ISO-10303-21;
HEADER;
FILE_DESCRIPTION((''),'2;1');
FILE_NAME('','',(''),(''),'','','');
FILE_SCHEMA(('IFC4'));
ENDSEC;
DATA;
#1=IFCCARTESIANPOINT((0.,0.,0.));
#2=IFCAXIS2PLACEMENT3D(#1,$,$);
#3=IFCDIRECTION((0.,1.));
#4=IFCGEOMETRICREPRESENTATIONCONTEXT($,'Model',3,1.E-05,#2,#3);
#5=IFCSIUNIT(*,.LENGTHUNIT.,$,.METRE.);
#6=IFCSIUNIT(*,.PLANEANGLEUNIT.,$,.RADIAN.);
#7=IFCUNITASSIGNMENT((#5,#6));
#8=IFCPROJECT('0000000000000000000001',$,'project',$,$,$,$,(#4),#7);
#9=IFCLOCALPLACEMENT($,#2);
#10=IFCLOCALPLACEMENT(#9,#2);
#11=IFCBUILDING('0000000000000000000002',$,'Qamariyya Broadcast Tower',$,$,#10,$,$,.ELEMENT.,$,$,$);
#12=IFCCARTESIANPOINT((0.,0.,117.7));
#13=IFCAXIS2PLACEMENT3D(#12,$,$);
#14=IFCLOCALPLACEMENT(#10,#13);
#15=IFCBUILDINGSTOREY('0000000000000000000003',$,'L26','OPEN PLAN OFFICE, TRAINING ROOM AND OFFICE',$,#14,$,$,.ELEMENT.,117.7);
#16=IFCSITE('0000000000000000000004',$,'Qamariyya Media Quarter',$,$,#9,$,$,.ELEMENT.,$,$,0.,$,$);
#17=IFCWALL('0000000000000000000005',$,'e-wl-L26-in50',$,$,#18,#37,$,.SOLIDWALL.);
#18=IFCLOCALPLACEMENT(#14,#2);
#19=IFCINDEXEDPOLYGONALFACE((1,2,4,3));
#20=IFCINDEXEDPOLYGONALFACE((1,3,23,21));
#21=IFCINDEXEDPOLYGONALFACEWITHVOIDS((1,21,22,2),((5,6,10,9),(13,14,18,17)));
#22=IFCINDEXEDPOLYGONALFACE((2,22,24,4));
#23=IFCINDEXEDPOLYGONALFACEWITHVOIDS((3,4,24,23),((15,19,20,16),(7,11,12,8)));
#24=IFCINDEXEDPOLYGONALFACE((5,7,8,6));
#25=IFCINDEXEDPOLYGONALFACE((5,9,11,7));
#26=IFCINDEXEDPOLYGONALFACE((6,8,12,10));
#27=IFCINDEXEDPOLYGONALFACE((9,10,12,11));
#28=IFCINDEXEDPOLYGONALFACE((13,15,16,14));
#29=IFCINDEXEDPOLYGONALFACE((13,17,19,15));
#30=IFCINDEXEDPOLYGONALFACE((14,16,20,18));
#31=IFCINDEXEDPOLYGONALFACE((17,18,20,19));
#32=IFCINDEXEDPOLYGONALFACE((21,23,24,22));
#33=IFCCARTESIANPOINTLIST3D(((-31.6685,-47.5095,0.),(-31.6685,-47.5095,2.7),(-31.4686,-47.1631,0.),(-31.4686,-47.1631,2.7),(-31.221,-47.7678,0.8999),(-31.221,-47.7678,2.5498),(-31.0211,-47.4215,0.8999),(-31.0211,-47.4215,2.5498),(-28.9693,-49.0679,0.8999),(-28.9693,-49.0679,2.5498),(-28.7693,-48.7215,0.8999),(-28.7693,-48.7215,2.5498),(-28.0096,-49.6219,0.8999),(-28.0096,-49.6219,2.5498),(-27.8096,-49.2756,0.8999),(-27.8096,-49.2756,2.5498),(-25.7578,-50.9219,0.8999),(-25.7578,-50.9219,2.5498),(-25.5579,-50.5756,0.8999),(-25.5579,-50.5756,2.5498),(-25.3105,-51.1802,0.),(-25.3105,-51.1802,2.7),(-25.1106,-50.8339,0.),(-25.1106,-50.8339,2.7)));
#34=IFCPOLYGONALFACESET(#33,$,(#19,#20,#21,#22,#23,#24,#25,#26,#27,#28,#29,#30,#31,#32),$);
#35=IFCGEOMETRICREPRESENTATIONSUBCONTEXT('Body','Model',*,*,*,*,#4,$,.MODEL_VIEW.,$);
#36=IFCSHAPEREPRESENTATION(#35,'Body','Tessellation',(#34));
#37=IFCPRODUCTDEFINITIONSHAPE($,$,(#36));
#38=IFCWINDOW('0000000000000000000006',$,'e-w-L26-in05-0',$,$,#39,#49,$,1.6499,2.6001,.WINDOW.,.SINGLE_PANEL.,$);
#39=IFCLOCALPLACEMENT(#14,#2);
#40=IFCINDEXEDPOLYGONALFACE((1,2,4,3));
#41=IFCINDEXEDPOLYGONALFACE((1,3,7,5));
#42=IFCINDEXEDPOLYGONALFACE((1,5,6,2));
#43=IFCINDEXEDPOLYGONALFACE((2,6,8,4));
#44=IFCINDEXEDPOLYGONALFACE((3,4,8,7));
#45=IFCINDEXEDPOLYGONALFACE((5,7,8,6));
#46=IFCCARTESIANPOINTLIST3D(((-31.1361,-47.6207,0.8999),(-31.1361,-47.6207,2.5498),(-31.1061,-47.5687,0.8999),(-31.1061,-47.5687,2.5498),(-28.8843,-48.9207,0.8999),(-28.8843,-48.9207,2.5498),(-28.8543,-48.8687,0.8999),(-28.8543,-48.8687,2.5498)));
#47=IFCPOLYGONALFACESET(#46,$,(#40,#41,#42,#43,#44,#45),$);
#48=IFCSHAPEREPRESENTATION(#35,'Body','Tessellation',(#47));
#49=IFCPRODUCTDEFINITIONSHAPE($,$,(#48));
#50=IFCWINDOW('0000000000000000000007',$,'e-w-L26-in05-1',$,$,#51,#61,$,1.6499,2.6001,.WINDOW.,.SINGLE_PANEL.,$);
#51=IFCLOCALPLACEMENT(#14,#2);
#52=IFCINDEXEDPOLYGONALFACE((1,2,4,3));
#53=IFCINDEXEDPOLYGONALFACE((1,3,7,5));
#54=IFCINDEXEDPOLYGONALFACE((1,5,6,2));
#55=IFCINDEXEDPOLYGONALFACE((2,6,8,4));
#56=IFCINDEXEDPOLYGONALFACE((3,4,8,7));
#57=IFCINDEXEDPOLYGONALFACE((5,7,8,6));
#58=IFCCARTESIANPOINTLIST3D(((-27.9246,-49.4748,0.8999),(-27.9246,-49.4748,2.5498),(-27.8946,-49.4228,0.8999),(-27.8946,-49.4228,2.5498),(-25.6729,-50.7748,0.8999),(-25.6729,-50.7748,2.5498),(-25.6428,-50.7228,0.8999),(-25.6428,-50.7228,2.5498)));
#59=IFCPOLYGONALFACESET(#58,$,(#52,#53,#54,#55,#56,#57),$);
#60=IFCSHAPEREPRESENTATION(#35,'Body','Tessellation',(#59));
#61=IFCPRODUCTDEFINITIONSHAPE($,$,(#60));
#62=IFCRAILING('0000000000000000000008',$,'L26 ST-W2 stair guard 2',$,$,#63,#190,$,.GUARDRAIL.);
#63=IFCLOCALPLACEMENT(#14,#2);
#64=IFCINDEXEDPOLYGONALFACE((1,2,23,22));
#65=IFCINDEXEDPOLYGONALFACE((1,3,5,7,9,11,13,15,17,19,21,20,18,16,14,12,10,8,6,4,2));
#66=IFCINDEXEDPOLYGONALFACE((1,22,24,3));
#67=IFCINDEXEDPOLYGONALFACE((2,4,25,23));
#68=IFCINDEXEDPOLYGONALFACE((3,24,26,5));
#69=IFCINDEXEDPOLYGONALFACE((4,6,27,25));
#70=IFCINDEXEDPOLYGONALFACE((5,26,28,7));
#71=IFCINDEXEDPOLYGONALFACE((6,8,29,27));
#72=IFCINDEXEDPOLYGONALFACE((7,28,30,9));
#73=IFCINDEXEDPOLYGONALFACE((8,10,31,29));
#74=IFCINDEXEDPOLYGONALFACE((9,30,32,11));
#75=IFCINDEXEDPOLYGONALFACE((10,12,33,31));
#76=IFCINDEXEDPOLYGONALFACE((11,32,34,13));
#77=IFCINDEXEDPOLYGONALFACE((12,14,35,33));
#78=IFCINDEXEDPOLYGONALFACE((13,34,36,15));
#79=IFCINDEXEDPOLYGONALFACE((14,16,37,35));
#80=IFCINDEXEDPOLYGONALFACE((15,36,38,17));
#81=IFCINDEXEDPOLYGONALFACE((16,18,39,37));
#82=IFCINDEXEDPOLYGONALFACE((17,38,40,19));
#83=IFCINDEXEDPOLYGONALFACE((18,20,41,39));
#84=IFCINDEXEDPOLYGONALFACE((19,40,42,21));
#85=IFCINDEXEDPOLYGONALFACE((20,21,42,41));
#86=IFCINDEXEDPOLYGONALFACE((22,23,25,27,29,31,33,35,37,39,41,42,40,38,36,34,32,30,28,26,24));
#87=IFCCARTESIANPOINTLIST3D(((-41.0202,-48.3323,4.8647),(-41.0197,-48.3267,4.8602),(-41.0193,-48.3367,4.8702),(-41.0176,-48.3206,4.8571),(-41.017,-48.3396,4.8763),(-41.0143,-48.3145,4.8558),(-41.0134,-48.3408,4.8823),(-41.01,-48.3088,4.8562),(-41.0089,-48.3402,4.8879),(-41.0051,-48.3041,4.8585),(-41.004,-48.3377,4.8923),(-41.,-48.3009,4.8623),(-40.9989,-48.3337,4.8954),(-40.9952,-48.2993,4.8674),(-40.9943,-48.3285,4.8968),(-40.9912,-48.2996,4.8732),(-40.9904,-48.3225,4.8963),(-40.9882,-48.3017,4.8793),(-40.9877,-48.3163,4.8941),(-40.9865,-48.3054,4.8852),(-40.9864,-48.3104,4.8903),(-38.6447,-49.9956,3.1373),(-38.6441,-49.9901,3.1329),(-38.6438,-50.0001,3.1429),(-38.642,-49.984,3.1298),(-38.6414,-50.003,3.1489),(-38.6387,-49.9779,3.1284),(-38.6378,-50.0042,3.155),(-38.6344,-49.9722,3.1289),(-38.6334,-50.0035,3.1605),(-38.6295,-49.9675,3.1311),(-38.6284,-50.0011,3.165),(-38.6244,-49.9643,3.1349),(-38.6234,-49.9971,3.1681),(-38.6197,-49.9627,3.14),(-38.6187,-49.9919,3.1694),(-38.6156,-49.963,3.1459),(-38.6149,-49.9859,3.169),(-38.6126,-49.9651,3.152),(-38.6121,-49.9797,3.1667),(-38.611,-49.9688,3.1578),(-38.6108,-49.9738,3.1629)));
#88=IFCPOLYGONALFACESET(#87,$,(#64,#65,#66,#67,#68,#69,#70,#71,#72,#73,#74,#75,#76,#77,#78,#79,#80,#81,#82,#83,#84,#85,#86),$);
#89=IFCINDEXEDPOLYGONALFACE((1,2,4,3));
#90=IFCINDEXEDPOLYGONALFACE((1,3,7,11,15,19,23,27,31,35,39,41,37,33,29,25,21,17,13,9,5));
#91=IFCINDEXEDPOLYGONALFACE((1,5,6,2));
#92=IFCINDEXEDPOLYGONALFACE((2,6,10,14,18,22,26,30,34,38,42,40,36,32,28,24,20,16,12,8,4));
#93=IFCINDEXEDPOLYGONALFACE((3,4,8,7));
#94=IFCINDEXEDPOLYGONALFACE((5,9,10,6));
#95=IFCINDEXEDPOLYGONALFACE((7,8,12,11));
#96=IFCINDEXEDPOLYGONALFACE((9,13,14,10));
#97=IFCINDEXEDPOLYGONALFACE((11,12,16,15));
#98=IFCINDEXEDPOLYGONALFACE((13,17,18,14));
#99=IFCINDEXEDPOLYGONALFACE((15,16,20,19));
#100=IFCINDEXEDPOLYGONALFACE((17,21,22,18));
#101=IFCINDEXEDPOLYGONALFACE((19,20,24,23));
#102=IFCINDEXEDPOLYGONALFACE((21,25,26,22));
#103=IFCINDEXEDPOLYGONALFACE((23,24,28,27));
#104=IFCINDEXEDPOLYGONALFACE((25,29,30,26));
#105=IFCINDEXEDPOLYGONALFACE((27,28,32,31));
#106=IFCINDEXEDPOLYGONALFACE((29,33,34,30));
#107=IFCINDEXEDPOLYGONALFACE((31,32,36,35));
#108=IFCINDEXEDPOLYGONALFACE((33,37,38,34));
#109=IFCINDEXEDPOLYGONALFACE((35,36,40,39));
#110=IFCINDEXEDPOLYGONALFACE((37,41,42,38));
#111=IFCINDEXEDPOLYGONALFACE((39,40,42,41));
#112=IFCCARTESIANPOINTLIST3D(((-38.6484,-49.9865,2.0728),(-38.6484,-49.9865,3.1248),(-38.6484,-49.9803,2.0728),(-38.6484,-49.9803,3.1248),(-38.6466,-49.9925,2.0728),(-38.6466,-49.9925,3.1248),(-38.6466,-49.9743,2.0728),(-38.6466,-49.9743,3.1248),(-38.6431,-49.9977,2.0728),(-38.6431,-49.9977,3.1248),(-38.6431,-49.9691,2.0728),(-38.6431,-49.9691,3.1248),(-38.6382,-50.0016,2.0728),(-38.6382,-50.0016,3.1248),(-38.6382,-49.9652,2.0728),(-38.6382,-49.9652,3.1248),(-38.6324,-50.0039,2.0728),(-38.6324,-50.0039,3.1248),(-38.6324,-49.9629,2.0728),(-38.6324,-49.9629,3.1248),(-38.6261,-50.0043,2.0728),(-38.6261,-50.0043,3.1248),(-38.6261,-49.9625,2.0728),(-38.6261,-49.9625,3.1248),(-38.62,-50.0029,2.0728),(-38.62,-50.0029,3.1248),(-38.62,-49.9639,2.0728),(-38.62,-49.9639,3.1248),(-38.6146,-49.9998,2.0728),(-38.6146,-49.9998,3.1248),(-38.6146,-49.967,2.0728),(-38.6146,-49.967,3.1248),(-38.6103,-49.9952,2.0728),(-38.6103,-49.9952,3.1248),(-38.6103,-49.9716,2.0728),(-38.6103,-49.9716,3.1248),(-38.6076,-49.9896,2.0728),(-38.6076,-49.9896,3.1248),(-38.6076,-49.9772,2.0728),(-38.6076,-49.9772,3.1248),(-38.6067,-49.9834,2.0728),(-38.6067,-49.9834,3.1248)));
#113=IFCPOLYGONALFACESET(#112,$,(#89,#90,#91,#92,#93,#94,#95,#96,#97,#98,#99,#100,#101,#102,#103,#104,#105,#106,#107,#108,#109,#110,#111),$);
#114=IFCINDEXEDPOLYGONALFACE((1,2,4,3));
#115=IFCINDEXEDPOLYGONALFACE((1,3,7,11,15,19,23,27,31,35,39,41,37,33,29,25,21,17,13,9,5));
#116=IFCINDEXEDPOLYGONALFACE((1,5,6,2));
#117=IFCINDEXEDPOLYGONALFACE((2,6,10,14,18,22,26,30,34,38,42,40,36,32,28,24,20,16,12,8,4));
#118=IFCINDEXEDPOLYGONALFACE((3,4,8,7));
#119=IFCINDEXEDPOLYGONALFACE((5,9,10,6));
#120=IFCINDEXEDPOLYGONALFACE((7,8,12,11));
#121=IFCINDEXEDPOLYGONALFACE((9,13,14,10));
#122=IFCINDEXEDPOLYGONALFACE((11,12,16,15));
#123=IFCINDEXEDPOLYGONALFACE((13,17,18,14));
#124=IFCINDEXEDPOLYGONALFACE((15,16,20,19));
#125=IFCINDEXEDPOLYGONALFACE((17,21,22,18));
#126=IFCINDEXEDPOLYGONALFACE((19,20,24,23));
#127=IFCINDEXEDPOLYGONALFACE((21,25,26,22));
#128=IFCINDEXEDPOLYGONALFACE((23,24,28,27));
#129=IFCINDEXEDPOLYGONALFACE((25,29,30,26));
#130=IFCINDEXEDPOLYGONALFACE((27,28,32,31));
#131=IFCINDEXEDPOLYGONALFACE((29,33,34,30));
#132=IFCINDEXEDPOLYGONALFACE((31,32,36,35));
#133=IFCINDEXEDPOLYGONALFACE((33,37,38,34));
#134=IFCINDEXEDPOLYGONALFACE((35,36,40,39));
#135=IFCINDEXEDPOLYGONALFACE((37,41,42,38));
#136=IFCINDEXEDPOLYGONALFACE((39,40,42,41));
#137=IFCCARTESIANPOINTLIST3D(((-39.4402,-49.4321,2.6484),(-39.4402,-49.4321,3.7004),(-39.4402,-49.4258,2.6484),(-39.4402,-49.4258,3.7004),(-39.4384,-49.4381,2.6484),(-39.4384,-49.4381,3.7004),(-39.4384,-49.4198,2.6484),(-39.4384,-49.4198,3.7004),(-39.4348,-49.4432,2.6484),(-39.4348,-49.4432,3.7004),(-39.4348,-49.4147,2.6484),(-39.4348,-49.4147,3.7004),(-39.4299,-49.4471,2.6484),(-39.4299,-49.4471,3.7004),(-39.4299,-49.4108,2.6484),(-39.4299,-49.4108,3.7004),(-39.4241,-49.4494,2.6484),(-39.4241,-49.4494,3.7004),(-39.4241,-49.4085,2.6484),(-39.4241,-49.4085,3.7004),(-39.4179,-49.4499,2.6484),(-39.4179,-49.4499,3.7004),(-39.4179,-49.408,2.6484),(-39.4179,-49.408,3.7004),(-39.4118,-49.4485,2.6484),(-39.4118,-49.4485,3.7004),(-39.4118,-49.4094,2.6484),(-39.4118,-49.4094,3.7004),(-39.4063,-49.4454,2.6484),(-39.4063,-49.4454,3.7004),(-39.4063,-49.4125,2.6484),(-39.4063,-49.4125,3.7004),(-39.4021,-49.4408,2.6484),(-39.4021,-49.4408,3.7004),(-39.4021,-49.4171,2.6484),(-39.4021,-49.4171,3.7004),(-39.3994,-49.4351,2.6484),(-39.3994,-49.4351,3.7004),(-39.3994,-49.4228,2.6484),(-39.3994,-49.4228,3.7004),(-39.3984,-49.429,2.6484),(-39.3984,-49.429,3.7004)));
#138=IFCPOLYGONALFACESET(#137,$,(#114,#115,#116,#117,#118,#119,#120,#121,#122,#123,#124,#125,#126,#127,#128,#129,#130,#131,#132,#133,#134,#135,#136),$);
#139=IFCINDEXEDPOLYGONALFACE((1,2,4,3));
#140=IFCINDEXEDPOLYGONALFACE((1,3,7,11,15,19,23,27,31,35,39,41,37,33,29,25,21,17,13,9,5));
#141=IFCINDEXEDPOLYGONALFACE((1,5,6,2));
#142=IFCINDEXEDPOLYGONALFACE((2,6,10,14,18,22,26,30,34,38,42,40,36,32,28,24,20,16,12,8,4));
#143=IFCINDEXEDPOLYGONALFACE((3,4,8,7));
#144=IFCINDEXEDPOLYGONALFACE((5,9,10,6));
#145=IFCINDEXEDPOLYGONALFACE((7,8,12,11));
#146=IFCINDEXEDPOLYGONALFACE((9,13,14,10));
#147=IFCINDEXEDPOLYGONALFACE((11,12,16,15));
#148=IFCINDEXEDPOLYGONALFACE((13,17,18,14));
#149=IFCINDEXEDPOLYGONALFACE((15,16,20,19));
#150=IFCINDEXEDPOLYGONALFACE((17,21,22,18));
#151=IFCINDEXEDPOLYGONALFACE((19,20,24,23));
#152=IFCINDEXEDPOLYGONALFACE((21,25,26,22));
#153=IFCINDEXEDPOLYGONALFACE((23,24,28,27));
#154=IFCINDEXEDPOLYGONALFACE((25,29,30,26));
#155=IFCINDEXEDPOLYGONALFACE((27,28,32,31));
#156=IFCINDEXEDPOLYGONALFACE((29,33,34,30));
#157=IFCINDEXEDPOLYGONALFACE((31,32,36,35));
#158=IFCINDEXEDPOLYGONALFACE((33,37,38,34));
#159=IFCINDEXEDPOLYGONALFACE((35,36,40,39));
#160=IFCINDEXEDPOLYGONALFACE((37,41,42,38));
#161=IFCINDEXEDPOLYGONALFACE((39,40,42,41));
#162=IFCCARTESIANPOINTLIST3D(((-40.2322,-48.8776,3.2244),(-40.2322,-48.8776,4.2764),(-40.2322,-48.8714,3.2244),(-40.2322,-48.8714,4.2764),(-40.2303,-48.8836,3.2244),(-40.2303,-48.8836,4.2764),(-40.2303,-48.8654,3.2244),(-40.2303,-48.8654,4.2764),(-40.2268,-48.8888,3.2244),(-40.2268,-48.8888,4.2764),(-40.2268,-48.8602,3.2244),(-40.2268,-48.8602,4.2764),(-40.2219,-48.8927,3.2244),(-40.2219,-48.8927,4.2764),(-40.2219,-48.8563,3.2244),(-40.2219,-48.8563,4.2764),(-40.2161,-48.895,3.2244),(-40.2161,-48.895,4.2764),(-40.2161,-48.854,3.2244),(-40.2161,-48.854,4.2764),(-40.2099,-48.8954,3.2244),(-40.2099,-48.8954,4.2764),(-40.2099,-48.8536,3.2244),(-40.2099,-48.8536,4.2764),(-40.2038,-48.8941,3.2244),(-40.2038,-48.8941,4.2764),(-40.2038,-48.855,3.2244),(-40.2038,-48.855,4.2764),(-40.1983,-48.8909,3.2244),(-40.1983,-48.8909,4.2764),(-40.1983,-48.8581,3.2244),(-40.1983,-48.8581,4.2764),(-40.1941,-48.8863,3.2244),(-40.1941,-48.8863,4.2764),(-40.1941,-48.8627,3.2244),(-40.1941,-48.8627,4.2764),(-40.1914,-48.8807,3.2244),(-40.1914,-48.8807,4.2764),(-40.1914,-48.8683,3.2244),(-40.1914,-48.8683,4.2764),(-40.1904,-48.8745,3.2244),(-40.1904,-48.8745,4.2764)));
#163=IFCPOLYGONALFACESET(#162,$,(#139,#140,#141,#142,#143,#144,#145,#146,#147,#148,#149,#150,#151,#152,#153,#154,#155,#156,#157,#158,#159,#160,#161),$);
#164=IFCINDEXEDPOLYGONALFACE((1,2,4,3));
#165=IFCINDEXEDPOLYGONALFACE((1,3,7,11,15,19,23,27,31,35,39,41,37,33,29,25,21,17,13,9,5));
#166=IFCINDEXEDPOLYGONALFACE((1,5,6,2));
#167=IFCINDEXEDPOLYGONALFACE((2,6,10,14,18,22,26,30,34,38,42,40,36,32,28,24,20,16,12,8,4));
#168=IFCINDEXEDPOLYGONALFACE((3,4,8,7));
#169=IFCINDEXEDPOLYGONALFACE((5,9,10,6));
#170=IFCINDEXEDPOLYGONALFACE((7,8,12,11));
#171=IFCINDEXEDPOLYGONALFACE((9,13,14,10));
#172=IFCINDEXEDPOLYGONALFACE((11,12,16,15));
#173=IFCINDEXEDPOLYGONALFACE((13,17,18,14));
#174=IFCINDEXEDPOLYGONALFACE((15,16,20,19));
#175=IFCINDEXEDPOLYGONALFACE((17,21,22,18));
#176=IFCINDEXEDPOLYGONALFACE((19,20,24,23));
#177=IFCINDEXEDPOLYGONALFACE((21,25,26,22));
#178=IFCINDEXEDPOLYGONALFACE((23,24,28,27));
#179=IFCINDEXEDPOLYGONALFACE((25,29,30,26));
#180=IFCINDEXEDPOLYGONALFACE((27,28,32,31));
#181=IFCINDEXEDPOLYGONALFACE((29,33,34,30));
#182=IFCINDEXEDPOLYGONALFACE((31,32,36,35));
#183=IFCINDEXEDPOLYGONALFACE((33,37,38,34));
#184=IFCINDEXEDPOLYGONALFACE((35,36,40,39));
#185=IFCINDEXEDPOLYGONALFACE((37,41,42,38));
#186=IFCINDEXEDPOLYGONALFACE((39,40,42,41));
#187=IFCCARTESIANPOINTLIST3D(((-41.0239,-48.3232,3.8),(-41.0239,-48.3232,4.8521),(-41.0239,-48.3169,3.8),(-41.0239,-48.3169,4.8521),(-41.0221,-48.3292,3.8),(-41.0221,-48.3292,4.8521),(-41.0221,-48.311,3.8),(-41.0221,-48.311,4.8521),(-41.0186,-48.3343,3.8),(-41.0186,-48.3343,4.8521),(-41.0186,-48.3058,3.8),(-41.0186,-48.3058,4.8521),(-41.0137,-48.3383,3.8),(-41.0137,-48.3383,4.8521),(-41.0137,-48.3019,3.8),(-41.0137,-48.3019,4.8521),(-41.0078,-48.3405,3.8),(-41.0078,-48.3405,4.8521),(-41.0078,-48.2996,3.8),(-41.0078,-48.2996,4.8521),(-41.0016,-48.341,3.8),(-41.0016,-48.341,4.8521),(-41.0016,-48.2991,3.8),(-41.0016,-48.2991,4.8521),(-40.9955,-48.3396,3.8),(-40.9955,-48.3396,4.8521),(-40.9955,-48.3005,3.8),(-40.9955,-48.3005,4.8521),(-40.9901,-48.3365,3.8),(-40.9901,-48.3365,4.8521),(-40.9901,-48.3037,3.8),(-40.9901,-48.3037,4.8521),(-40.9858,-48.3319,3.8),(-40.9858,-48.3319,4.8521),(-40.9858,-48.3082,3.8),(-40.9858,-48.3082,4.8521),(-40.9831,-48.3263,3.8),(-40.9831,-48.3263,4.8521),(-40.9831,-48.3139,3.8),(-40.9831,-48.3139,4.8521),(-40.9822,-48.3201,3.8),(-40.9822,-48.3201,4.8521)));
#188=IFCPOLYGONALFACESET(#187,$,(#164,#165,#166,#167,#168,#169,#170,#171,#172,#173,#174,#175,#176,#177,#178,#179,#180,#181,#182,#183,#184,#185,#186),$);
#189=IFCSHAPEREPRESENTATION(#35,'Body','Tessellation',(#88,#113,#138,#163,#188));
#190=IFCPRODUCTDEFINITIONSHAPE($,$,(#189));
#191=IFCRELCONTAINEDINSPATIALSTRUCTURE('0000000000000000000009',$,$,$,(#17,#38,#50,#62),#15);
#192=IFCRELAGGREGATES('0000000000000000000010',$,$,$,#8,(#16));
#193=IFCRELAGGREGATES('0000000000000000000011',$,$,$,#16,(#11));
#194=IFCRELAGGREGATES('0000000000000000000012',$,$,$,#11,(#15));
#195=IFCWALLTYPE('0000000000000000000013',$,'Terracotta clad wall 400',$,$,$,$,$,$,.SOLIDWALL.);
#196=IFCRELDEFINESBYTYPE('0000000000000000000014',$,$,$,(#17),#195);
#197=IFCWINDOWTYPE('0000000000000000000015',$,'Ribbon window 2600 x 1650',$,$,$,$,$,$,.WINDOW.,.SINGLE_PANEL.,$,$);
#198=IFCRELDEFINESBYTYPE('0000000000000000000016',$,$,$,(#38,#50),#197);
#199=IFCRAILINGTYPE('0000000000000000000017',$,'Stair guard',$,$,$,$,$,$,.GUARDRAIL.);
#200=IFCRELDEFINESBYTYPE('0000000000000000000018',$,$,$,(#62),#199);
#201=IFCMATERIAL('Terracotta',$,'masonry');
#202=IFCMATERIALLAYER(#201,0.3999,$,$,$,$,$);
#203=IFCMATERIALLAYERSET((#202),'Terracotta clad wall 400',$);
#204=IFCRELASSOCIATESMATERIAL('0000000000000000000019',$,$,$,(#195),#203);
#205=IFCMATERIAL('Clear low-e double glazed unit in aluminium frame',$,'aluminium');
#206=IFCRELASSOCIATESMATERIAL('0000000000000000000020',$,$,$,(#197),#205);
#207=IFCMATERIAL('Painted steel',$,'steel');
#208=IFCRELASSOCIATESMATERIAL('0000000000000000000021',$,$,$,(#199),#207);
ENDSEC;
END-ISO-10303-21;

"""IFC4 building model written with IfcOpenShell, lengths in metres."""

from ifc_helpers import new_model, si_unit, direction, frame, frame_2d, origin, origin_2d, place, context, subcontext, project, spatial, rectangle, circle, extrude, material, layer, layer_set, type_object, element, fill, save


model = new_model("IFC4")

# Units and contexts
model_context = context("Model", 3, precision=1e-05, world=origin(), true_north=direction((0.0, 1.0)))
body_context = subcontext(model_context, "Body", "Model", "MODEL_VIEW")
ifc_project = project(units=[si_unit("LENGTHUNIT", "METRE"), si_unit("PLANEANGLEUNIT", "RADIAN")], contexts=[model_context])

# Site, building, storey
site_placement = place(None, origin())
site = spatial("IfcSite", under=ifc_project, at=site_placement, Name="Qamariyya Media Quarter", CompositionType="ELEMENT", RefElevation=0.0)
building_placement = place(site_placement, origin())
building = spatial("IfcBuilding", under=site, at=building_placement, Name="Qamariyya Broadcast Tower", CompositionType="ELEMENT")
storey_placement = place(building_placement, frame((0.0, 0.0, 117.7)))
storey = spatial("IfcBuildingStorey", under=building, at=storey_placement, Name="L26", Description="OPEN PLAN OFFICE, TRAINING ROOM AND OFFICE", CompositionType="ELEMENT", Elevation=117.7)

# Wall, openings, windows
ifc_material_1 = material(Name="Terracotta", Category="masonry")
ifc_layer = layer(ifc_material_1, 0.3999)
ifc_layer_set = layer_set([ifc_layer], Name="Terracotta clad wall 400")
wall_type = type_object("IfcWallType", Name="Terracotta clad wall 400", PredefinedType="SOLIDWALL", material=ifc_layer_set)
ifc_material_2 = material(Name="Clear low-e double glazed unit in aluminium frame", Category="aluminium")
window_type = type_object("IfcWindowType", Name="Ribbon window 2600 x 1650", PartitioningType="SINGLE_PANEL", PredefinedType="WINDOW", material=ifc_material_2)
wall_1_placement = place(storey_placement, frame((-25.2104, -51.0071, 0.0), z_axis=(0.0, 0.0, 1.0), x_axis=(-0.866031, 0.499991, 0.0)))
wall_1 = element("IfcWall", 1, at=wall_1_placement, inside=storey, type_object=wall_type, Name="e-wl-L26-in50", PredefinedType="SOLIDWALL", context=body_context, shape_type="SweptSolid", body=[
    extrude(rectangle(XDim=7.3416, YDim=0.3999, at=frame_2d((3.6709, 0.0))), origin(), (0.0, 0.0, 1.0), 2.7),
])
opening_1_placement = place(wall_1_placement, frame((4.2249, 0.0, 0.8999)))
opening_1 = element("IfcOpeningElement", 2, at=opening_1_placement, cuts=wall_1, PredefinedType="OPENING", context=body_context, shape_type="SweptSolid", body=[
    extrude(rectangle(XDim=2.6001, YDim=1.6499, at=frame_2d((1.3, 0.825))), frame((0.0, 0.21, 0.0), z_axis=(0.0, -1.0, 0.0), x_axis=(1.0, 0.0, 0.0)), (0.0, 0.0, 1.0), 0.4199),
])
opening_2_placement = place(wall_1_placement, frame((0.5166, 0.0, 0.8999)))
opening_2 = element("IfcOpeningElement", 3, at=opening_2_placement, cuts=wall_1, PredefinedType="OPENING", context=body_context, shape_type="SweptSolid", body=[
    extrude(rectangle(XDim=2.6001, YDim=1.6499, at=frame_2d((1.3, 0.825))), frame((0.0, 0.21, 0.0), z_axis=(0.0, -1.0, 0.0), x_axis=(1.0, 0.0, 0.0)), (0.0, 0.0, 1.0), 0.4199),
])
window_1_placement = place(opening_1_placement, origin())
window_1 = element("IfcWindow", 4, at=window_1_placement, inside=storey, type_object=window_type, Name="e-w-L26-in05-0", OverallHeight=1.6499, OverallWidth=2.6001, PartitioningType="SINGLE_PANEL", PredefinedType="WINDOW", context=body_context, shape_type="SweptSolid", body=[
    extrude(rectangle(XDim=2.6001, YDim=1.6499, at=frame_2d((1.3, 0.825))), frame((0.0, 0.03, 0.0), z_axis=(0.0, -1.0, 0.0), x_axis=(1.0, 0.0, 0.0)), (0.0, 0.0, 1.0), 0.0601),
])
fill(opening_1, window_1)
window_2_placement = place(opening_2_placement, origin())
window_2 = element("IfcWindow", 5, at=window_2_placement, inside=storey, type_object=window_type, Name="e-w-L26-in05-1", OverallHeight=1.6499, OverallWidth=2.6001, PartitioningType="SINGLE_PANEL", PredefinedType="WINDOW", context=body_context, shape_type="SweptSolid", body=[
    extrude(rectangle(XDim=2.6001, YDim=1.6499, at=frame_2d((1.3, 0.825))), frame((0.0, 0.03, 0.0), z_axis=(0.0, -1.0, 0.0), x_axis=(1.0, 0.0, 0.0)), (0.0, 0.0, 1.0), 0.0601),
])
fill(opening_2, window_2)

# Railing
ifc_material_3 = material(Name="Painted steel", Category="steel")
railing_type_1 = type_object("IfcRailingType", Name="Stair guard", PredefinedType="GUARDRAIL", material=ifc_material_3)
railing_1_placement = place(storey_placement, frame((-38.6277, -49.9834, 2.0728)))
element("IfcRailing", 6, at=railing_1_placement, inside=storey, type_object=railing_type_1, Name="L26 ST-W2 stair guard 2", PredefinedType="GUARDRAIL", context=body_context, shape_type="SweptSolid", body=[
    extrude(circle(Radius=0.0239, at=origin_2d()), frame((0.0, 0.0, 1.0762), z_axis=(-0.70377, 0.492784, 0.511734), x_axis=(-0.573575, -0.819153, 0.0)), (0.0, 0.0, 1.0), 3.3755),
    extrude(circle(Radius=0.021, at=origin_2d()), origin(), (0.0, 0.0, 1.0), 1.052),
    extrude(circle(Radius=0.021, at=origin_2d()), frame((-0.7917, 0.5544, 0.5757)), (0.0, 0.0, 1.0), 1.052),
    extrude(circle(Radius=0.021, at=origin_2d()), frame((-1.5837, 1.1089, 1.1516)), (0.0, 0.0, 1.0), 1.052),
    extrude(circle(Radius=0.021, at=origin_2d()), frame((-2.3755, 1.6633, 1.7273)), (0.0, 0.0, 1.0), 1.052),
])

save(model, "model.ifc")
